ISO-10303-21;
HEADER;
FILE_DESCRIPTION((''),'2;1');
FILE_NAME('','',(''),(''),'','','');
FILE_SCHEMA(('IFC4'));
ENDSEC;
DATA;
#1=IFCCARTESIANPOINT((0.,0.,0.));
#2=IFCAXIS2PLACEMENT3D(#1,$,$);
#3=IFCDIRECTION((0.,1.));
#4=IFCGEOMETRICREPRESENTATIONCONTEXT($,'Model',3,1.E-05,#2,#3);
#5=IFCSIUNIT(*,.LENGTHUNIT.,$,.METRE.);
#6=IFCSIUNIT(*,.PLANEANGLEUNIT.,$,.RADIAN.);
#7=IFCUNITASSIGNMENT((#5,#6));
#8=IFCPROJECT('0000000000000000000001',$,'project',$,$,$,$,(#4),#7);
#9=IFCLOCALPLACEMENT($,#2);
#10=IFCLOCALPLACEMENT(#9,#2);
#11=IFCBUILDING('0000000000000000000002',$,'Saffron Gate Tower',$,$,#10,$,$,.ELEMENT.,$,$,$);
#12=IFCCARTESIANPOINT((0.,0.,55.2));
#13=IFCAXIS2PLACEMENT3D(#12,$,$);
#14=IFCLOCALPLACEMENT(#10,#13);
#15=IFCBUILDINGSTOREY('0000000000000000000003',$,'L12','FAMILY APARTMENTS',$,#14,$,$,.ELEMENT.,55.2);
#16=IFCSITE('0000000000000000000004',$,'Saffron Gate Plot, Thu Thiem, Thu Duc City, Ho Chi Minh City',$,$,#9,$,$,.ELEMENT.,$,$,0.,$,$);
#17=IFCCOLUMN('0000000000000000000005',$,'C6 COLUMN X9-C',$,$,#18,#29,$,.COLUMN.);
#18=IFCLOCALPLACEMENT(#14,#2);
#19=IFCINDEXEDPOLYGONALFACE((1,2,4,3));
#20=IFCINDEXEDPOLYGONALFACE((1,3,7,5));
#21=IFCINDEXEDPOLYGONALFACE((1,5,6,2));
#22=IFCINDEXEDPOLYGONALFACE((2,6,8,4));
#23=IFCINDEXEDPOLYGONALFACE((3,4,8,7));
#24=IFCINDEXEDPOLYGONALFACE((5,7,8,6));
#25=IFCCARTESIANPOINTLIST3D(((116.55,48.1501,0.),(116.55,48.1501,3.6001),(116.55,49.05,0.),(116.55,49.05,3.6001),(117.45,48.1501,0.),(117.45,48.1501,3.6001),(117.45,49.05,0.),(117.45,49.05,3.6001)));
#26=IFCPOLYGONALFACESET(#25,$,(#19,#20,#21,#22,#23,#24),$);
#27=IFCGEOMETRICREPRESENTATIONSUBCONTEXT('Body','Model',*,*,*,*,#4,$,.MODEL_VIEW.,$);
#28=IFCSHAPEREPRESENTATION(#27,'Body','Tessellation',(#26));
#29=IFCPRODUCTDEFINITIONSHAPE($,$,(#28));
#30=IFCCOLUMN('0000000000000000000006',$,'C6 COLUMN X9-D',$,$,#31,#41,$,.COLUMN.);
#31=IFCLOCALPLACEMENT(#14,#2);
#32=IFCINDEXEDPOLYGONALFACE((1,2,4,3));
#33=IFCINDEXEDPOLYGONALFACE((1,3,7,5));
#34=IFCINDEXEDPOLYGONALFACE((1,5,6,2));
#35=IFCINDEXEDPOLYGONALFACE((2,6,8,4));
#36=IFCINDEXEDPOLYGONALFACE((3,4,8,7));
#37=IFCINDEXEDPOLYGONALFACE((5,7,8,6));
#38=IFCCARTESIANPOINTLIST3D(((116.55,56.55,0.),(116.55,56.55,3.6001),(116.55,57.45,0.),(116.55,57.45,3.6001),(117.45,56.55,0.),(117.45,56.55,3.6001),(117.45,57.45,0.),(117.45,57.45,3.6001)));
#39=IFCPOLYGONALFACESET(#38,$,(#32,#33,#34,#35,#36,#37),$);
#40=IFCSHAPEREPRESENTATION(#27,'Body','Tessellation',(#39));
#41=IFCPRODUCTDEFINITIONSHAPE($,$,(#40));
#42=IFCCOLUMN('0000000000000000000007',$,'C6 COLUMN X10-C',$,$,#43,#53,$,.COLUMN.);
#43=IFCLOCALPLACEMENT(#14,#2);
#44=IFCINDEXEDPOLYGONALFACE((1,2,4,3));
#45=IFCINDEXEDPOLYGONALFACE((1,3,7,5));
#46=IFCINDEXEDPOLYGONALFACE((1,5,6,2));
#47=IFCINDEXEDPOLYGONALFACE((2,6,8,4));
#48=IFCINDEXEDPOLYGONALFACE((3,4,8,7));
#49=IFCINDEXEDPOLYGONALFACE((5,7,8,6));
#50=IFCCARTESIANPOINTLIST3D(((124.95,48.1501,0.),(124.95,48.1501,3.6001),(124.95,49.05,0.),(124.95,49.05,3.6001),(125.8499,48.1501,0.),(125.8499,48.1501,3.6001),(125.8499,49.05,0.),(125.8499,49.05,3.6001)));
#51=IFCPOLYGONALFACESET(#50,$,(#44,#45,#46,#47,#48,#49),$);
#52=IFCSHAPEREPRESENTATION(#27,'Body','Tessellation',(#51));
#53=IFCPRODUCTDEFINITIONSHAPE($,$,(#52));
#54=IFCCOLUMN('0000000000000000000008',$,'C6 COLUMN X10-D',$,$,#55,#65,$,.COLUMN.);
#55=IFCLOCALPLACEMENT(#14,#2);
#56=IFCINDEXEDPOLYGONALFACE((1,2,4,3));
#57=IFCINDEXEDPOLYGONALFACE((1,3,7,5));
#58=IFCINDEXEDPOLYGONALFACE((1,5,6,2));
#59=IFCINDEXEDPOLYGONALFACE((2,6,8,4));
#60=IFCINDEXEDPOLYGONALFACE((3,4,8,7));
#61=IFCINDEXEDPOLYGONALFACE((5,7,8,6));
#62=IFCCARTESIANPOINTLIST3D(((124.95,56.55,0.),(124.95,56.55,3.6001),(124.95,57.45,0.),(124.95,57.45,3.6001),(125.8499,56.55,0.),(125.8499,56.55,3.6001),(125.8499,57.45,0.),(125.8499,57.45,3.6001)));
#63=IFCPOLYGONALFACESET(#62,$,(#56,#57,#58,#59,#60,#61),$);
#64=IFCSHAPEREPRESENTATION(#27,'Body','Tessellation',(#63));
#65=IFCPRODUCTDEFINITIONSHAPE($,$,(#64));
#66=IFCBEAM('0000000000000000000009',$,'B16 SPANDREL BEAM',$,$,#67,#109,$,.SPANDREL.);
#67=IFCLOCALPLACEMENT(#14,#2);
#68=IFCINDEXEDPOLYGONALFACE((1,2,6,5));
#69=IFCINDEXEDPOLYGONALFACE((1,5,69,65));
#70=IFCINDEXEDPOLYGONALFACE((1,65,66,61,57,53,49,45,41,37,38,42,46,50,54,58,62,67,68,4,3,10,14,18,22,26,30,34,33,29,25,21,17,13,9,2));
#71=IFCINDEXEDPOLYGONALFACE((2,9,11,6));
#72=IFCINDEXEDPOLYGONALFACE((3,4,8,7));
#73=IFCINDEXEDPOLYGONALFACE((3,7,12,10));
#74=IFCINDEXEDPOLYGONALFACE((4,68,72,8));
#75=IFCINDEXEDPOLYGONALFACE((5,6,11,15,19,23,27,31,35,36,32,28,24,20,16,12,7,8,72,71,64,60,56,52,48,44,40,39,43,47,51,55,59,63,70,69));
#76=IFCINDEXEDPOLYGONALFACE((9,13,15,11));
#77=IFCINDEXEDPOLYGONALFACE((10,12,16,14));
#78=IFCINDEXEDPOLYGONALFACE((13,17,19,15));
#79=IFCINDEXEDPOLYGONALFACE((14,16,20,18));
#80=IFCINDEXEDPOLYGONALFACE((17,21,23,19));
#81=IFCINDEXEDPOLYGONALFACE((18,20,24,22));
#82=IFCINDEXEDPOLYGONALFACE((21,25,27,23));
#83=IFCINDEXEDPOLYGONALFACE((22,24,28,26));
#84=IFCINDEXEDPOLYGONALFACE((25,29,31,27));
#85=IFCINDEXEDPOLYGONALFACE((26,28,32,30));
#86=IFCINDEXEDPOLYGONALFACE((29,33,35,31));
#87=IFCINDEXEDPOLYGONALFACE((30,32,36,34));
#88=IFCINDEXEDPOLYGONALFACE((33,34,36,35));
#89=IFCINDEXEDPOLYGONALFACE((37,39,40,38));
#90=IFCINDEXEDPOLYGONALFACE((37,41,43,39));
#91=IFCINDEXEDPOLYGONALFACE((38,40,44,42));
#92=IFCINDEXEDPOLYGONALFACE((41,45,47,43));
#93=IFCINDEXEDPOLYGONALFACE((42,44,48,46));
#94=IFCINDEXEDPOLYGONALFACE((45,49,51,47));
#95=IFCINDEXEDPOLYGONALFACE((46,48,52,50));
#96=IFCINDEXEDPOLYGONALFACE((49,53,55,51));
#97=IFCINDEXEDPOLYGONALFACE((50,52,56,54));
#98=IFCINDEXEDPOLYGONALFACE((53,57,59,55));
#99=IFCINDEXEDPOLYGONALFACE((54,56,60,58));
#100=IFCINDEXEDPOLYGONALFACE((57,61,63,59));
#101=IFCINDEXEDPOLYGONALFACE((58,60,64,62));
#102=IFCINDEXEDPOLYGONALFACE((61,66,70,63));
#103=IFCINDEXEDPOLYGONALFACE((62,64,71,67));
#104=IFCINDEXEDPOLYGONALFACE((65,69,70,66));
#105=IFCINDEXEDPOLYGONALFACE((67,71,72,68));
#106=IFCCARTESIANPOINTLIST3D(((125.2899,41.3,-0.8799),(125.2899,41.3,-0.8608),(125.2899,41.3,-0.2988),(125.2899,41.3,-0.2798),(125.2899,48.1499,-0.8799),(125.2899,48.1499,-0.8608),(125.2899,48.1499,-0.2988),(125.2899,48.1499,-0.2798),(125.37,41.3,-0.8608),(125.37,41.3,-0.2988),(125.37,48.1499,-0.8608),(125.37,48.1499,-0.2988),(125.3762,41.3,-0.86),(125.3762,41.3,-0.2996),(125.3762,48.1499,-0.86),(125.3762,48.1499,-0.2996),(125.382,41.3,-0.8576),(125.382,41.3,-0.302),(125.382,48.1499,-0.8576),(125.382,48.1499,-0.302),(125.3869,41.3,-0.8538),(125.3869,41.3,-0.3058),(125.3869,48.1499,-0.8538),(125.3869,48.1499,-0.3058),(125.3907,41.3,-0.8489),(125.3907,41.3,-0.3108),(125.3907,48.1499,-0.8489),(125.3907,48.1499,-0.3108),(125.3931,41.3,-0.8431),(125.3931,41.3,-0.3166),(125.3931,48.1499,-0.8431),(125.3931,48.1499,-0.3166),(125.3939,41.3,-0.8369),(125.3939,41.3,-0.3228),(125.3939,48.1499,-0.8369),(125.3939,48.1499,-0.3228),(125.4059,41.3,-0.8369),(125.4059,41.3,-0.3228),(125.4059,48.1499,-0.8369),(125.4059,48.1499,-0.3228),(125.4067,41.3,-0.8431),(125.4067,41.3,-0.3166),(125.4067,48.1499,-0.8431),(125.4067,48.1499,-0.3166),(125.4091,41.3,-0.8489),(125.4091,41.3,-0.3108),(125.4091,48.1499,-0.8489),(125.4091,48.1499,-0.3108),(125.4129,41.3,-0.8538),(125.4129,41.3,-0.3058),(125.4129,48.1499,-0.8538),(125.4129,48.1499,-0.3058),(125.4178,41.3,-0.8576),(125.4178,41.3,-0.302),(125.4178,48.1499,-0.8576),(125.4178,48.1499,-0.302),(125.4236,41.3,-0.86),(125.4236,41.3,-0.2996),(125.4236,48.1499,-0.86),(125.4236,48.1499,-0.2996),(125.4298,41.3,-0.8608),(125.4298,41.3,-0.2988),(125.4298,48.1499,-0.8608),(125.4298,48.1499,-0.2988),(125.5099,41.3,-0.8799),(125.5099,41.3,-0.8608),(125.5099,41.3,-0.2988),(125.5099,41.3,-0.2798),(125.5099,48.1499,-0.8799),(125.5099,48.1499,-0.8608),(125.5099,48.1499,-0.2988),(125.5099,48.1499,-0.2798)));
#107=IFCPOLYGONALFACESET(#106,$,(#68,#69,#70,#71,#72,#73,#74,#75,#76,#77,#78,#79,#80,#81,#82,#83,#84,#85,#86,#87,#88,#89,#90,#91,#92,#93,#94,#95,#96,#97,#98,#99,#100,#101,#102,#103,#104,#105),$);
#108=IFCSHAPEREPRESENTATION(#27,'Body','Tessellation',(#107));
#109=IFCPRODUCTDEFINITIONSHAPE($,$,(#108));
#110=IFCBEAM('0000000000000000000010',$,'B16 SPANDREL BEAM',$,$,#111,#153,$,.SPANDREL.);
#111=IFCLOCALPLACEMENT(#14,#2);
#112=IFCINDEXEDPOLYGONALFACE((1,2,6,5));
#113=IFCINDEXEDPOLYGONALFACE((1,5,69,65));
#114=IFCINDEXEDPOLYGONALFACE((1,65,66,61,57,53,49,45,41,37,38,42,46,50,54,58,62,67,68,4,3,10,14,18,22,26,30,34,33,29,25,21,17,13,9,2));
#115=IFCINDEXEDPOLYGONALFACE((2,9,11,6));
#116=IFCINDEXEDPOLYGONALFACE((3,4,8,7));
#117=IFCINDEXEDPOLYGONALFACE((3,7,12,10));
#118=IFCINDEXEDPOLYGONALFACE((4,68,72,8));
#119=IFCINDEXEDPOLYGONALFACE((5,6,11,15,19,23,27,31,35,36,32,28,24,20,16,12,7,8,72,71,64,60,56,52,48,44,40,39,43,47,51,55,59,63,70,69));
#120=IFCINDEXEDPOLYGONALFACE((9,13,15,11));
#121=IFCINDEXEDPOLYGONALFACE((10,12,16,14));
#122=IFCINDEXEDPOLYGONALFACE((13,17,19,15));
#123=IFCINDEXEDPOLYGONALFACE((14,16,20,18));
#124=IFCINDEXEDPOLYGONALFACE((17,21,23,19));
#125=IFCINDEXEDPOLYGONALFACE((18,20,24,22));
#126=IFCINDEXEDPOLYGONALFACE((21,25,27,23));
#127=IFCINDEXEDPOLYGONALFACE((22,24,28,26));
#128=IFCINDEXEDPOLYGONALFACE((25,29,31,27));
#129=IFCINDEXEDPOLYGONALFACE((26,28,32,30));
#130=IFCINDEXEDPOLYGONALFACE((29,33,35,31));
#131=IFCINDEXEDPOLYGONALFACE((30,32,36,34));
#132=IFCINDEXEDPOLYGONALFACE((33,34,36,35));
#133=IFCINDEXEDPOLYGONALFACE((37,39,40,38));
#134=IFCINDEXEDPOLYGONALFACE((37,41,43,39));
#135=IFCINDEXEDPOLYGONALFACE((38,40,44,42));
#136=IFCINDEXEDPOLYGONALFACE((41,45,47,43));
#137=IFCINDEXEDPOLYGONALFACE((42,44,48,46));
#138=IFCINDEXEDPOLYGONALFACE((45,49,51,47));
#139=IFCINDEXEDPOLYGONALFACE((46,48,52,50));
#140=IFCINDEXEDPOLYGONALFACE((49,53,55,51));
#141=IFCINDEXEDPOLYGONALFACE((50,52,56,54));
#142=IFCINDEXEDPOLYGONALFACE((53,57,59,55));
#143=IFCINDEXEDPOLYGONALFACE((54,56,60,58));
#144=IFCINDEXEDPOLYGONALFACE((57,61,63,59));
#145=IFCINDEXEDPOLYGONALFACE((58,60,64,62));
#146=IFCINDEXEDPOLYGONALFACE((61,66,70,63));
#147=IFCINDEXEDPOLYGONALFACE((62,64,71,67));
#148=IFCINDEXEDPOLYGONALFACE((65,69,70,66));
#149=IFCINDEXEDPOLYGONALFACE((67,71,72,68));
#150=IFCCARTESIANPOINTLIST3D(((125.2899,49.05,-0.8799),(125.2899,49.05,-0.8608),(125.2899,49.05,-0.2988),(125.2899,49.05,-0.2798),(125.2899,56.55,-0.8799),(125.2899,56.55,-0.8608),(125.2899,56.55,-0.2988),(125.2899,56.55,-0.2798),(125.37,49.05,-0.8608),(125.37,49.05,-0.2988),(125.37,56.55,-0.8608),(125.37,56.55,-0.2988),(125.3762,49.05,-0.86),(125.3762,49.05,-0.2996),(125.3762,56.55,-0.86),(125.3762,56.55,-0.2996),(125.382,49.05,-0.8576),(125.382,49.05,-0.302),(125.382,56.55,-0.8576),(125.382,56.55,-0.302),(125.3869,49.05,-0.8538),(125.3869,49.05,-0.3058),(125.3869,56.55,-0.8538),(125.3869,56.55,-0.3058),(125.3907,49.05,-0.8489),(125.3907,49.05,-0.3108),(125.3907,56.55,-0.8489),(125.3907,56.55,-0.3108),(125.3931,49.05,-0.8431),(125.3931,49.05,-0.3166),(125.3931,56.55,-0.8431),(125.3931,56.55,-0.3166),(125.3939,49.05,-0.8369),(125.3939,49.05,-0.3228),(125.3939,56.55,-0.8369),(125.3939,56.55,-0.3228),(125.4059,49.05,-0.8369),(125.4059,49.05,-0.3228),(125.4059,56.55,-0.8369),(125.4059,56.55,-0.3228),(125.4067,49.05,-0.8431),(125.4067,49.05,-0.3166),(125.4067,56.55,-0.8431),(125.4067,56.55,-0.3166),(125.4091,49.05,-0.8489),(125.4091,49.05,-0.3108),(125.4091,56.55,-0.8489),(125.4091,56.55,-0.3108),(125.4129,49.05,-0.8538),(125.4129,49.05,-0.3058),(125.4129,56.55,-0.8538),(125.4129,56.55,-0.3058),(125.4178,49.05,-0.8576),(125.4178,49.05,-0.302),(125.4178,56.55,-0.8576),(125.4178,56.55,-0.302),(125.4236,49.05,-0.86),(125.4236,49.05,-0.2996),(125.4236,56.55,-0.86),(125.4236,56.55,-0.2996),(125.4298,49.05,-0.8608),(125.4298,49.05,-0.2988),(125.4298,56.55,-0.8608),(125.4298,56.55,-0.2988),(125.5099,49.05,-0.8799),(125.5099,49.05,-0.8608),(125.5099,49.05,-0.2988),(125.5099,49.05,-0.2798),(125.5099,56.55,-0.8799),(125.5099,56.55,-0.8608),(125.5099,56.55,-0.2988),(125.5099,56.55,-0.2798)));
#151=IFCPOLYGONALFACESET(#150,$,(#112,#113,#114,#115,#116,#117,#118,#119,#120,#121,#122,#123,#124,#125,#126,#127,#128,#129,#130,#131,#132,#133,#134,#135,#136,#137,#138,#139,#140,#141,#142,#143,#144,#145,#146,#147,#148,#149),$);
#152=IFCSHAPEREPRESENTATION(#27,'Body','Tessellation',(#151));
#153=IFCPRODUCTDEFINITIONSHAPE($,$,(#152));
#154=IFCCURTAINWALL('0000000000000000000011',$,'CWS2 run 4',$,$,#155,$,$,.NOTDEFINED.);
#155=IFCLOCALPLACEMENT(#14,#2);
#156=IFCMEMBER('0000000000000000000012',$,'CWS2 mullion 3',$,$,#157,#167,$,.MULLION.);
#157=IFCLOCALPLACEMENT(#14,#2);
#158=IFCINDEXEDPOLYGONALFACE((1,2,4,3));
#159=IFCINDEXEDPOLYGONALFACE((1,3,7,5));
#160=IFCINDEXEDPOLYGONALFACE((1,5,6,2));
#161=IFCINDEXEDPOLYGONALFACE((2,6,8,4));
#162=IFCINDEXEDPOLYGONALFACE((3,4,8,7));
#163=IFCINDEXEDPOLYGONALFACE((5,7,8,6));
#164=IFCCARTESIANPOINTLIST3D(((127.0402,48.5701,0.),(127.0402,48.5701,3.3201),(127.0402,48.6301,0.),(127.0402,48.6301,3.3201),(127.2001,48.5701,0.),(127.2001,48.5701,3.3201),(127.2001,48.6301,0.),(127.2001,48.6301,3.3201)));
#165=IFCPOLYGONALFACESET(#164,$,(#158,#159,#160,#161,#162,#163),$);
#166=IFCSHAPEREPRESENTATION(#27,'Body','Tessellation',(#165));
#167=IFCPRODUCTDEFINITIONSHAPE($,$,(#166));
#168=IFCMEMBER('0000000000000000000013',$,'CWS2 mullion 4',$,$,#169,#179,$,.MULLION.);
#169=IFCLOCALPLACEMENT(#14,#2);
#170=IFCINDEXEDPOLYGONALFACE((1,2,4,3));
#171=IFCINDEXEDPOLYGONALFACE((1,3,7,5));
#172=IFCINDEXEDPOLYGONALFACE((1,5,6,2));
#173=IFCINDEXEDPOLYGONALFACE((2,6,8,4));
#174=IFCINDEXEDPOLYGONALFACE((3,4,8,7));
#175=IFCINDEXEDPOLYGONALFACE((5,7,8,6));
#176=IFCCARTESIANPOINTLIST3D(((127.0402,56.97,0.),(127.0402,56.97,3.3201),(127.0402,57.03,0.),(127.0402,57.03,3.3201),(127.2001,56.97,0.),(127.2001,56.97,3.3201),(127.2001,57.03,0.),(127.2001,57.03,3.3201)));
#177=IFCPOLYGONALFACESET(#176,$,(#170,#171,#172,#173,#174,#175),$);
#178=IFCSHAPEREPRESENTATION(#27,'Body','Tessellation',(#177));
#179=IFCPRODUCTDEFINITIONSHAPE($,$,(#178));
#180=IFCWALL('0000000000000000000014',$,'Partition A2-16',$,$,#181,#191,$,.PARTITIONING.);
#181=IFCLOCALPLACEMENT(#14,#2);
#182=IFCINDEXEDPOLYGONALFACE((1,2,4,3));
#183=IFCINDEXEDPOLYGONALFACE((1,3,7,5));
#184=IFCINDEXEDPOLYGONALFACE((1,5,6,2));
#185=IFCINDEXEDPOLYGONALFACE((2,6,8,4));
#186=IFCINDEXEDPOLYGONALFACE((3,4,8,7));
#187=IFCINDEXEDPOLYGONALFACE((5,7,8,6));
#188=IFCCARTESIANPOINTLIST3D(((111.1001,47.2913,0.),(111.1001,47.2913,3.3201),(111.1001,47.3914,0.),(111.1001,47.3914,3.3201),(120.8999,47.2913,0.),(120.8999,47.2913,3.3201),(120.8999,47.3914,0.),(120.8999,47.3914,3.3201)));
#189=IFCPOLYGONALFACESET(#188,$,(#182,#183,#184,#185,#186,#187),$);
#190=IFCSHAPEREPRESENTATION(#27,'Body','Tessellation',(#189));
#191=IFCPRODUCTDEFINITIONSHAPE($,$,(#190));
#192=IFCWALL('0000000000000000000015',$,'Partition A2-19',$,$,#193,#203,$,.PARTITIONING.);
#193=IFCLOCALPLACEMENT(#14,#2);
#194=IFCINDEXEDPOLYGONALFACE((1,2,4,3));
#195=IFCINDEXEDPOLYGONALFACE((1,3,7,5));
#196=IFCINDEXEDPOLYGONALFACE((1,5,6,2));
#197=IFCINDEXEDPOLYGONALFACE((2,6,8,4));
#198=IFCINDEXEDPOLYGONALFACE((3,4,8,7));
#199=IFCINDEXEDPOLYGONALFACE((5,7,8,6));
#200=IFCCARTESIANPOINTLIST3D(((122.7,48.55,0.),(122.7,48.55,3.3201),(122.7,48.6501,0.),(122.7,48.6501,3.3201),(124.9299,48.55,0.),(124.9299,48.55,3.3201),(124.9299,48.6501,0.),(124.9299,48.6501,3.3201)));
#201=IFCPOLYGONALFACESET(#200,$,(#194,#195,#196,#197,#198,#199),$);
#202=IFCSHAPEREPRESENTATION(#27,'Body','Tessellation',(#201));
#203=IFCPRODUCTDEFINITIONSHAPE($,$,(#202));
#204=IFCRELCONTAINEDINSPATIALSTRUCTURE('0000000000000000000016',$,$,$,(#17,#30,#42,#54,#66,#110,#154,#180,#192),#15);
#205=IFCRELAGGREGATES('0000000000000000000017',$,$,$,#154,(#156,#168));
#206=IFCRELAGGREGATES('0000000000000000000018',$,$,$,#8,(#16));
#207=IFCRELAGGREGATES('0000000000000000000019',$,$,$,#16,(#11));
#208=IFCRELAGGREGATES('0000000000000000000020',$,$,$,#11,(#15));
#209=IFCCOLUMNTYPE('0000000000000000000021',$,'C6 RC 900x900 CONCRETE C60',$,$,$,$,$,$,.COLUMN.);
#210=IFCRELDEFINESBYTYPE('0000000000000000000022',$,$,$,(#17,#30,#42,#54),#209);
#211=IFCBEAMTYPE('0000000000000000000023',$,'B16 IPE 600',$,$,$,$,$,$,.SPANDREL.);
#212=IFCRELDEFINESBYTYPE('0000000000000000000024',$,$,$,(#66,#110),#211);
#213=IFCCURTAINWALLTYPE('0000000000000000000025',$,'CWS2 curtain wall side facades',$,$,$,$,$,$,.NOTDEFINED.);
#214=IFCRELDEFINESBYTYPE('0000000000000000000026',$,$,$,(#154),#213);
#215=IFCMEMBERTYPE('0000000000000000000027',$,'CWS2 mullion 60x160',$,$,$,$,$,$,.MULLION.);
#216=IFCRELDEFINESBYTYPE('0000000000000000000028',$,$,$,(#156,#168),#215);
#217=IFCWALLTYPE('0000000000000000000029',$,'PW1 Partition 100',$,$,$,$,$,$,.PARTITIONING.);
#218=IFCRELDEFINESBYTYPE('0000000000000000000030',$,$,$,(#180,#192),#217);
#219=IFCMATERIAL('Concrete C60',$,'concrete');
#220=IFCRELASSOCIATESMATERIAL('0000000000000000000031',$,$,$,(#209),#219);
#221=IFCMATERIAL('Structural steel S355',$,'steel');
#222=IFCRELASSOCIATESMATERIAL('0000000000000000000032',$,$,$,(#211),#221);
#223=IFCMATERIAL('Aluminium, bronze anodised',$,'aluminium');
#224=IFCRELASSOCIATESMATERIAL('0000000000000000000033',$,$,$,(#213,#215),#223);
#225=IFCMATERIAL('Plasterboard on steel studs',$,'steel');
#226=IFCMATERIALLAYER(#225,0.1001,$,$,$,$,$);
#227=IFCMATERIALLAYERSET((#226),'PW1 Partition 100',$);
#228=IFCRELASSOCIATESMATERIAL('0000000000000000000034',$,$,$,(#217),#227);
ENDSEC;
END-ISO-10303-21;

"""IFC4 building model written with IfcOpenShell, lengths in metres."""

from ifc_helpers import new_model, si_unit, direction, frame, frame_2d, origin, origin_2d, place, context, subcontext, project, spatial, rectangle, i_section, extrude, material, layer, layer_set, material_profile, profile_set, type_object, element, aggregate, save


model = new_model("IFC4")

# Units and contexts
model_context = context("Model", 3, precision=1e-05, world=origin(), true_north=direction((0.0, 1.0)))
body_context = subcontext(model_context, "Body", "Model", "MODEL_VIEW")
ifc_project = project(units=[si_unit("LENGTHUNIT", "METRE"), si_unit("PLANEANGLEUNIT", "RADIAN")], contexts=[model_context])

# Site, building, storey
site_placement = place(None, origin())
site = spatial("IfcSite", under=ifc_project, at=site_placement, Name="Saffron Gate Plot, Thu Thiem, Thu Duc City, Ho Chi Minh City", CompositionType="ELEMENT", RefElevation=0.0)
building_placement = place(site_placement, origin())
building = spatial("IfcBuilding", under=site, at=building_placement, Name="Saffron Gate Tower", CompositionType="ELEMENT")
storey_placement = place(building_placement, frame((0.0, 0.0, 55.2)))
storey = spatial("IfcBuildingStorey", under=building, at=storey_placement, Name="L12", Description="FAMILY APARTMENTS", CompositionType="ELEMENT", Elevation=55.2)

# Columns
ifc_material_1 = material(Name="Concrete C60", Category="concrete")
ifc_material_profile_1 = material_profile(ifc_material_1, rectangle(XDim=0.8999, YDim=0.8999, at=origin_2d()))
ifc_profile_set_1 = profile_set([ifc_material_profile_1], Name="Concrete C60")
column_type = type_object("IfcColumnType", Name="C6 RC 900x900 CONCRETE C60", PredefinedType="COLUMN", material=ifc_profile_set_1)
for number, where, z_axis, x_axis, name in (
    (1, (117.0, 48.6001, 0.0), (0.0, 0.0, 1.0), (1.0, 0.0, 0.0), "C6 COLUMN X9-C"),
    (2, (117.0, 57.0, 0.0), (0.0, 0.0, 1.0), (1.0, 0.0, 0.0), "C6 COLUMN X9-D"),
    (3, (125.3999, 48.6001, 0.0), (0.0, 0.0, 1.0), (1.0, 0.0, 0.0), "C6 COLUMN X10-C"),
    (4, (125.3999, 57.0, 0.0), (0.0, 0.0, 1.0), (1.0, 0.0, 0.0), "C6 COLUMN X10-D"),
):
    element("IfcColumn", number, at=place(storey_placement, frame(where, z_axis=z_axis, x_axis=x_axis)), inside=storey, type_object=column_type, Name=name, PredefinedType="COLUMN", context=body_context, shape_type="SweptSolid", body=[
        extrude(rectangle(XDim=0.8999, YDim=0.8999, at=origin_2d()), origin(), (0.0, 0.0, 1.0), 3.6001),
    ])

# Beams
ifc_material_2 = material(Name="Structural steel S355", Category="steel")
ifc_material_profile_2 = material_profile(ifc_material_2, i_section(OverallWidth=0.22, OverallDepth=0.6001, WebThickness=0.012, FlangeThickness=0.019, FilletRadius=0.0239, at=origin_2d()))
ifc_profile_set_2 = profile_set([ifc_material_profile_2], Name="Structural steel S355")
beam_type = type_object("IfcBeamType", Name="B16 IPE 600", PredefinedType="SPANDREL", material=ifc_profile_set_2)
beam_1_placement = place(storey_placement, frame((125.3999, 41.3, -0.5798), z_axis=(0.0, 1.0, 0.0), x_axis=(-1.0, 0.0, 0.0)))
element("IfcBeam", 5, at=beam_1_placement, inside=storey, type_object=beam_type, Name="B16 SPANDREL BEAM", PredefinedType="SPANDREL", context=body_context, shape_type="SweptSolid", body=[
    extrude(i_section(OverallWidth=0.22, OverallDepth=0.6001, WebThickness=0.012, FlangeThickness=0.019, FilletRadius=0.0239, at=origin_2d()), origin(), (0.0, 0.0, 1.0), 6.8499),
])
beam_2_placement = place(storey_placement, frame((125.3999, 49.05, -0.5798), z_axis=(0.0, 1.0, 0.0), x_axis=(-1.0, 0.0, 0.0)))
element("IfcBeam", 6, at=beam_2_placement, inside=storey, type_object=beam_type, Name="B16 SPANDREL BEAM", PredefinedType="SPANDREL", context=body_context, shape_type="SweptSolid", body=[
    extrude(i_section(OverallWidth=0.22, OverallDepth=0.6001, WebThickness=0.012, FlangeThickness=0.019, FilletRadius=0.0239, at=origin_2d()), origin(), (0.0, 0.0, 1.0), 7.5),
])

# Curtain wall, members
ifc_material_3 = material(Name="Aluminium, bronze anodised", Category="aluminium")
curtain_wall_type = type_object("IfcCurtainWallType", Name="CWS2 curtain wall side facades", PredefinedType="NOTDEFINED", material=ifc_material_3)
curtain_wall_placement = place(storey_placement, origin())
curtain_wall = element("IfcCurtainWall", 7, at=curtain_wall_placement, inside=storey, type_object=curtain_wall_type, Name="CWS2 run 4", PredefinedType="NOTDEFINED")
ifc_material_profile_3 = material_profile(ifc_material_3, rectangle(XDim=0.1599, YDim=0.0601, at=origin_2d()))
ifc_profile_set_3 = profile_set([ifc_material_profile_3], Name="Aluminium, bronze anodised")
member_type = type_object("IfcMemberType", Name="CWS2 mullion 60x160", PredefinedType="MULLION", material=ifc_profile_set_3)
member_1_placement = place(storey_placement, frame((127.1201, 48.6001, 0.0), z_axis=(0.0, 0.0, 1.0), x_axis=(-1.0, 0.0, 0.0)))
member_1 = element("IfcMember", 8, at=member_1_placement, type_object=member_type, Name="CWS2 mullion 3", PredefinedType="MULLION", context=body_context, shape_type="SweptSolid", body=[
    extrude(rectangle(XDim=0.1599, YDim=0.0601, at=origin_2d()), origin(), (0.0, 0.0, 1.0), 3.3201),
])
member_2_placement = place(storey_placement, frame((127.1201, 57.0, 0.0), z_axis=(0.0, 0.0, 1.0), x_axis=(-1.0, 0.0, 0.0)))
member_2 = element("IfcMember", 9, at=member_2_placement, type_object=member_type, Name="CWS2 mullion 4", PredefinedType="MULLION", context=body_context, shape_type="SweptSolid", body=[
    extrude(rectangle(XDim=0.1599, YDim=0.0601, at=origin_2d()), origin(), (0.0, 0.0, 1.0), 3.3201),
])
aggregate(curtain_wall, [member_1, member_2])

# Walls
ifc_material_4 = material(Name="Plasterboard on steel studs", Category="steel")
ifc_layer_1 = layer(ifc_material_4, 0.1001)
ifc_layer_set_1 = layer_set([ifc_layer_1], Name="PW1 Partition 100")
wall_type_1 = type_object("IfcWallType", Name="PW1 Partition 100", PredefinedType="PARTITIONING", material=ifc_layer_set_1)
wall_1_placement = place(storey_placement, frame((111.1001, 47.3413, 0.0), z_axis=(0.0, 0.0, 1.0), x_axis=(1.0, 0.0, 0.0)))
element("IfcWall", 10, at=wall_1_placement, inside=storey, type_object=wall_type_1, Name="Partition A2-16", PredefinedType="PARTITIONING", context=body_context, shape_type="SweptSolid", body=[
    extrude(rectangle(XDim=9.7998, YDim=0.1001, at=frame_2d((4.8999, 0.0))), origin(), (0.0, 0.0, 1.0), 3.3201),
])
wall_2_placement = place(storey_placement, frame((122.7, 48.6001, 0.0), z_axis=(0.0, 0.0, 1.0), x_axis=(1.0, 0.0, 0.0)))
element("IfcWall", 11, at=wall_2_placement, inside=storey, type_object=wall_type_1, Name="Partition A2-19", PredefinedType="PARTITIONING", context=body_context, shape_type="SweptSolid", body=[
    extrude(rectangle(XDim=2.23, YDim=0.1001, at=frame_2d((1.115, 0.0))), origin(), (0.0, 0.0, 1.0), 3.3201),
])

save(model, "model.ifc")
